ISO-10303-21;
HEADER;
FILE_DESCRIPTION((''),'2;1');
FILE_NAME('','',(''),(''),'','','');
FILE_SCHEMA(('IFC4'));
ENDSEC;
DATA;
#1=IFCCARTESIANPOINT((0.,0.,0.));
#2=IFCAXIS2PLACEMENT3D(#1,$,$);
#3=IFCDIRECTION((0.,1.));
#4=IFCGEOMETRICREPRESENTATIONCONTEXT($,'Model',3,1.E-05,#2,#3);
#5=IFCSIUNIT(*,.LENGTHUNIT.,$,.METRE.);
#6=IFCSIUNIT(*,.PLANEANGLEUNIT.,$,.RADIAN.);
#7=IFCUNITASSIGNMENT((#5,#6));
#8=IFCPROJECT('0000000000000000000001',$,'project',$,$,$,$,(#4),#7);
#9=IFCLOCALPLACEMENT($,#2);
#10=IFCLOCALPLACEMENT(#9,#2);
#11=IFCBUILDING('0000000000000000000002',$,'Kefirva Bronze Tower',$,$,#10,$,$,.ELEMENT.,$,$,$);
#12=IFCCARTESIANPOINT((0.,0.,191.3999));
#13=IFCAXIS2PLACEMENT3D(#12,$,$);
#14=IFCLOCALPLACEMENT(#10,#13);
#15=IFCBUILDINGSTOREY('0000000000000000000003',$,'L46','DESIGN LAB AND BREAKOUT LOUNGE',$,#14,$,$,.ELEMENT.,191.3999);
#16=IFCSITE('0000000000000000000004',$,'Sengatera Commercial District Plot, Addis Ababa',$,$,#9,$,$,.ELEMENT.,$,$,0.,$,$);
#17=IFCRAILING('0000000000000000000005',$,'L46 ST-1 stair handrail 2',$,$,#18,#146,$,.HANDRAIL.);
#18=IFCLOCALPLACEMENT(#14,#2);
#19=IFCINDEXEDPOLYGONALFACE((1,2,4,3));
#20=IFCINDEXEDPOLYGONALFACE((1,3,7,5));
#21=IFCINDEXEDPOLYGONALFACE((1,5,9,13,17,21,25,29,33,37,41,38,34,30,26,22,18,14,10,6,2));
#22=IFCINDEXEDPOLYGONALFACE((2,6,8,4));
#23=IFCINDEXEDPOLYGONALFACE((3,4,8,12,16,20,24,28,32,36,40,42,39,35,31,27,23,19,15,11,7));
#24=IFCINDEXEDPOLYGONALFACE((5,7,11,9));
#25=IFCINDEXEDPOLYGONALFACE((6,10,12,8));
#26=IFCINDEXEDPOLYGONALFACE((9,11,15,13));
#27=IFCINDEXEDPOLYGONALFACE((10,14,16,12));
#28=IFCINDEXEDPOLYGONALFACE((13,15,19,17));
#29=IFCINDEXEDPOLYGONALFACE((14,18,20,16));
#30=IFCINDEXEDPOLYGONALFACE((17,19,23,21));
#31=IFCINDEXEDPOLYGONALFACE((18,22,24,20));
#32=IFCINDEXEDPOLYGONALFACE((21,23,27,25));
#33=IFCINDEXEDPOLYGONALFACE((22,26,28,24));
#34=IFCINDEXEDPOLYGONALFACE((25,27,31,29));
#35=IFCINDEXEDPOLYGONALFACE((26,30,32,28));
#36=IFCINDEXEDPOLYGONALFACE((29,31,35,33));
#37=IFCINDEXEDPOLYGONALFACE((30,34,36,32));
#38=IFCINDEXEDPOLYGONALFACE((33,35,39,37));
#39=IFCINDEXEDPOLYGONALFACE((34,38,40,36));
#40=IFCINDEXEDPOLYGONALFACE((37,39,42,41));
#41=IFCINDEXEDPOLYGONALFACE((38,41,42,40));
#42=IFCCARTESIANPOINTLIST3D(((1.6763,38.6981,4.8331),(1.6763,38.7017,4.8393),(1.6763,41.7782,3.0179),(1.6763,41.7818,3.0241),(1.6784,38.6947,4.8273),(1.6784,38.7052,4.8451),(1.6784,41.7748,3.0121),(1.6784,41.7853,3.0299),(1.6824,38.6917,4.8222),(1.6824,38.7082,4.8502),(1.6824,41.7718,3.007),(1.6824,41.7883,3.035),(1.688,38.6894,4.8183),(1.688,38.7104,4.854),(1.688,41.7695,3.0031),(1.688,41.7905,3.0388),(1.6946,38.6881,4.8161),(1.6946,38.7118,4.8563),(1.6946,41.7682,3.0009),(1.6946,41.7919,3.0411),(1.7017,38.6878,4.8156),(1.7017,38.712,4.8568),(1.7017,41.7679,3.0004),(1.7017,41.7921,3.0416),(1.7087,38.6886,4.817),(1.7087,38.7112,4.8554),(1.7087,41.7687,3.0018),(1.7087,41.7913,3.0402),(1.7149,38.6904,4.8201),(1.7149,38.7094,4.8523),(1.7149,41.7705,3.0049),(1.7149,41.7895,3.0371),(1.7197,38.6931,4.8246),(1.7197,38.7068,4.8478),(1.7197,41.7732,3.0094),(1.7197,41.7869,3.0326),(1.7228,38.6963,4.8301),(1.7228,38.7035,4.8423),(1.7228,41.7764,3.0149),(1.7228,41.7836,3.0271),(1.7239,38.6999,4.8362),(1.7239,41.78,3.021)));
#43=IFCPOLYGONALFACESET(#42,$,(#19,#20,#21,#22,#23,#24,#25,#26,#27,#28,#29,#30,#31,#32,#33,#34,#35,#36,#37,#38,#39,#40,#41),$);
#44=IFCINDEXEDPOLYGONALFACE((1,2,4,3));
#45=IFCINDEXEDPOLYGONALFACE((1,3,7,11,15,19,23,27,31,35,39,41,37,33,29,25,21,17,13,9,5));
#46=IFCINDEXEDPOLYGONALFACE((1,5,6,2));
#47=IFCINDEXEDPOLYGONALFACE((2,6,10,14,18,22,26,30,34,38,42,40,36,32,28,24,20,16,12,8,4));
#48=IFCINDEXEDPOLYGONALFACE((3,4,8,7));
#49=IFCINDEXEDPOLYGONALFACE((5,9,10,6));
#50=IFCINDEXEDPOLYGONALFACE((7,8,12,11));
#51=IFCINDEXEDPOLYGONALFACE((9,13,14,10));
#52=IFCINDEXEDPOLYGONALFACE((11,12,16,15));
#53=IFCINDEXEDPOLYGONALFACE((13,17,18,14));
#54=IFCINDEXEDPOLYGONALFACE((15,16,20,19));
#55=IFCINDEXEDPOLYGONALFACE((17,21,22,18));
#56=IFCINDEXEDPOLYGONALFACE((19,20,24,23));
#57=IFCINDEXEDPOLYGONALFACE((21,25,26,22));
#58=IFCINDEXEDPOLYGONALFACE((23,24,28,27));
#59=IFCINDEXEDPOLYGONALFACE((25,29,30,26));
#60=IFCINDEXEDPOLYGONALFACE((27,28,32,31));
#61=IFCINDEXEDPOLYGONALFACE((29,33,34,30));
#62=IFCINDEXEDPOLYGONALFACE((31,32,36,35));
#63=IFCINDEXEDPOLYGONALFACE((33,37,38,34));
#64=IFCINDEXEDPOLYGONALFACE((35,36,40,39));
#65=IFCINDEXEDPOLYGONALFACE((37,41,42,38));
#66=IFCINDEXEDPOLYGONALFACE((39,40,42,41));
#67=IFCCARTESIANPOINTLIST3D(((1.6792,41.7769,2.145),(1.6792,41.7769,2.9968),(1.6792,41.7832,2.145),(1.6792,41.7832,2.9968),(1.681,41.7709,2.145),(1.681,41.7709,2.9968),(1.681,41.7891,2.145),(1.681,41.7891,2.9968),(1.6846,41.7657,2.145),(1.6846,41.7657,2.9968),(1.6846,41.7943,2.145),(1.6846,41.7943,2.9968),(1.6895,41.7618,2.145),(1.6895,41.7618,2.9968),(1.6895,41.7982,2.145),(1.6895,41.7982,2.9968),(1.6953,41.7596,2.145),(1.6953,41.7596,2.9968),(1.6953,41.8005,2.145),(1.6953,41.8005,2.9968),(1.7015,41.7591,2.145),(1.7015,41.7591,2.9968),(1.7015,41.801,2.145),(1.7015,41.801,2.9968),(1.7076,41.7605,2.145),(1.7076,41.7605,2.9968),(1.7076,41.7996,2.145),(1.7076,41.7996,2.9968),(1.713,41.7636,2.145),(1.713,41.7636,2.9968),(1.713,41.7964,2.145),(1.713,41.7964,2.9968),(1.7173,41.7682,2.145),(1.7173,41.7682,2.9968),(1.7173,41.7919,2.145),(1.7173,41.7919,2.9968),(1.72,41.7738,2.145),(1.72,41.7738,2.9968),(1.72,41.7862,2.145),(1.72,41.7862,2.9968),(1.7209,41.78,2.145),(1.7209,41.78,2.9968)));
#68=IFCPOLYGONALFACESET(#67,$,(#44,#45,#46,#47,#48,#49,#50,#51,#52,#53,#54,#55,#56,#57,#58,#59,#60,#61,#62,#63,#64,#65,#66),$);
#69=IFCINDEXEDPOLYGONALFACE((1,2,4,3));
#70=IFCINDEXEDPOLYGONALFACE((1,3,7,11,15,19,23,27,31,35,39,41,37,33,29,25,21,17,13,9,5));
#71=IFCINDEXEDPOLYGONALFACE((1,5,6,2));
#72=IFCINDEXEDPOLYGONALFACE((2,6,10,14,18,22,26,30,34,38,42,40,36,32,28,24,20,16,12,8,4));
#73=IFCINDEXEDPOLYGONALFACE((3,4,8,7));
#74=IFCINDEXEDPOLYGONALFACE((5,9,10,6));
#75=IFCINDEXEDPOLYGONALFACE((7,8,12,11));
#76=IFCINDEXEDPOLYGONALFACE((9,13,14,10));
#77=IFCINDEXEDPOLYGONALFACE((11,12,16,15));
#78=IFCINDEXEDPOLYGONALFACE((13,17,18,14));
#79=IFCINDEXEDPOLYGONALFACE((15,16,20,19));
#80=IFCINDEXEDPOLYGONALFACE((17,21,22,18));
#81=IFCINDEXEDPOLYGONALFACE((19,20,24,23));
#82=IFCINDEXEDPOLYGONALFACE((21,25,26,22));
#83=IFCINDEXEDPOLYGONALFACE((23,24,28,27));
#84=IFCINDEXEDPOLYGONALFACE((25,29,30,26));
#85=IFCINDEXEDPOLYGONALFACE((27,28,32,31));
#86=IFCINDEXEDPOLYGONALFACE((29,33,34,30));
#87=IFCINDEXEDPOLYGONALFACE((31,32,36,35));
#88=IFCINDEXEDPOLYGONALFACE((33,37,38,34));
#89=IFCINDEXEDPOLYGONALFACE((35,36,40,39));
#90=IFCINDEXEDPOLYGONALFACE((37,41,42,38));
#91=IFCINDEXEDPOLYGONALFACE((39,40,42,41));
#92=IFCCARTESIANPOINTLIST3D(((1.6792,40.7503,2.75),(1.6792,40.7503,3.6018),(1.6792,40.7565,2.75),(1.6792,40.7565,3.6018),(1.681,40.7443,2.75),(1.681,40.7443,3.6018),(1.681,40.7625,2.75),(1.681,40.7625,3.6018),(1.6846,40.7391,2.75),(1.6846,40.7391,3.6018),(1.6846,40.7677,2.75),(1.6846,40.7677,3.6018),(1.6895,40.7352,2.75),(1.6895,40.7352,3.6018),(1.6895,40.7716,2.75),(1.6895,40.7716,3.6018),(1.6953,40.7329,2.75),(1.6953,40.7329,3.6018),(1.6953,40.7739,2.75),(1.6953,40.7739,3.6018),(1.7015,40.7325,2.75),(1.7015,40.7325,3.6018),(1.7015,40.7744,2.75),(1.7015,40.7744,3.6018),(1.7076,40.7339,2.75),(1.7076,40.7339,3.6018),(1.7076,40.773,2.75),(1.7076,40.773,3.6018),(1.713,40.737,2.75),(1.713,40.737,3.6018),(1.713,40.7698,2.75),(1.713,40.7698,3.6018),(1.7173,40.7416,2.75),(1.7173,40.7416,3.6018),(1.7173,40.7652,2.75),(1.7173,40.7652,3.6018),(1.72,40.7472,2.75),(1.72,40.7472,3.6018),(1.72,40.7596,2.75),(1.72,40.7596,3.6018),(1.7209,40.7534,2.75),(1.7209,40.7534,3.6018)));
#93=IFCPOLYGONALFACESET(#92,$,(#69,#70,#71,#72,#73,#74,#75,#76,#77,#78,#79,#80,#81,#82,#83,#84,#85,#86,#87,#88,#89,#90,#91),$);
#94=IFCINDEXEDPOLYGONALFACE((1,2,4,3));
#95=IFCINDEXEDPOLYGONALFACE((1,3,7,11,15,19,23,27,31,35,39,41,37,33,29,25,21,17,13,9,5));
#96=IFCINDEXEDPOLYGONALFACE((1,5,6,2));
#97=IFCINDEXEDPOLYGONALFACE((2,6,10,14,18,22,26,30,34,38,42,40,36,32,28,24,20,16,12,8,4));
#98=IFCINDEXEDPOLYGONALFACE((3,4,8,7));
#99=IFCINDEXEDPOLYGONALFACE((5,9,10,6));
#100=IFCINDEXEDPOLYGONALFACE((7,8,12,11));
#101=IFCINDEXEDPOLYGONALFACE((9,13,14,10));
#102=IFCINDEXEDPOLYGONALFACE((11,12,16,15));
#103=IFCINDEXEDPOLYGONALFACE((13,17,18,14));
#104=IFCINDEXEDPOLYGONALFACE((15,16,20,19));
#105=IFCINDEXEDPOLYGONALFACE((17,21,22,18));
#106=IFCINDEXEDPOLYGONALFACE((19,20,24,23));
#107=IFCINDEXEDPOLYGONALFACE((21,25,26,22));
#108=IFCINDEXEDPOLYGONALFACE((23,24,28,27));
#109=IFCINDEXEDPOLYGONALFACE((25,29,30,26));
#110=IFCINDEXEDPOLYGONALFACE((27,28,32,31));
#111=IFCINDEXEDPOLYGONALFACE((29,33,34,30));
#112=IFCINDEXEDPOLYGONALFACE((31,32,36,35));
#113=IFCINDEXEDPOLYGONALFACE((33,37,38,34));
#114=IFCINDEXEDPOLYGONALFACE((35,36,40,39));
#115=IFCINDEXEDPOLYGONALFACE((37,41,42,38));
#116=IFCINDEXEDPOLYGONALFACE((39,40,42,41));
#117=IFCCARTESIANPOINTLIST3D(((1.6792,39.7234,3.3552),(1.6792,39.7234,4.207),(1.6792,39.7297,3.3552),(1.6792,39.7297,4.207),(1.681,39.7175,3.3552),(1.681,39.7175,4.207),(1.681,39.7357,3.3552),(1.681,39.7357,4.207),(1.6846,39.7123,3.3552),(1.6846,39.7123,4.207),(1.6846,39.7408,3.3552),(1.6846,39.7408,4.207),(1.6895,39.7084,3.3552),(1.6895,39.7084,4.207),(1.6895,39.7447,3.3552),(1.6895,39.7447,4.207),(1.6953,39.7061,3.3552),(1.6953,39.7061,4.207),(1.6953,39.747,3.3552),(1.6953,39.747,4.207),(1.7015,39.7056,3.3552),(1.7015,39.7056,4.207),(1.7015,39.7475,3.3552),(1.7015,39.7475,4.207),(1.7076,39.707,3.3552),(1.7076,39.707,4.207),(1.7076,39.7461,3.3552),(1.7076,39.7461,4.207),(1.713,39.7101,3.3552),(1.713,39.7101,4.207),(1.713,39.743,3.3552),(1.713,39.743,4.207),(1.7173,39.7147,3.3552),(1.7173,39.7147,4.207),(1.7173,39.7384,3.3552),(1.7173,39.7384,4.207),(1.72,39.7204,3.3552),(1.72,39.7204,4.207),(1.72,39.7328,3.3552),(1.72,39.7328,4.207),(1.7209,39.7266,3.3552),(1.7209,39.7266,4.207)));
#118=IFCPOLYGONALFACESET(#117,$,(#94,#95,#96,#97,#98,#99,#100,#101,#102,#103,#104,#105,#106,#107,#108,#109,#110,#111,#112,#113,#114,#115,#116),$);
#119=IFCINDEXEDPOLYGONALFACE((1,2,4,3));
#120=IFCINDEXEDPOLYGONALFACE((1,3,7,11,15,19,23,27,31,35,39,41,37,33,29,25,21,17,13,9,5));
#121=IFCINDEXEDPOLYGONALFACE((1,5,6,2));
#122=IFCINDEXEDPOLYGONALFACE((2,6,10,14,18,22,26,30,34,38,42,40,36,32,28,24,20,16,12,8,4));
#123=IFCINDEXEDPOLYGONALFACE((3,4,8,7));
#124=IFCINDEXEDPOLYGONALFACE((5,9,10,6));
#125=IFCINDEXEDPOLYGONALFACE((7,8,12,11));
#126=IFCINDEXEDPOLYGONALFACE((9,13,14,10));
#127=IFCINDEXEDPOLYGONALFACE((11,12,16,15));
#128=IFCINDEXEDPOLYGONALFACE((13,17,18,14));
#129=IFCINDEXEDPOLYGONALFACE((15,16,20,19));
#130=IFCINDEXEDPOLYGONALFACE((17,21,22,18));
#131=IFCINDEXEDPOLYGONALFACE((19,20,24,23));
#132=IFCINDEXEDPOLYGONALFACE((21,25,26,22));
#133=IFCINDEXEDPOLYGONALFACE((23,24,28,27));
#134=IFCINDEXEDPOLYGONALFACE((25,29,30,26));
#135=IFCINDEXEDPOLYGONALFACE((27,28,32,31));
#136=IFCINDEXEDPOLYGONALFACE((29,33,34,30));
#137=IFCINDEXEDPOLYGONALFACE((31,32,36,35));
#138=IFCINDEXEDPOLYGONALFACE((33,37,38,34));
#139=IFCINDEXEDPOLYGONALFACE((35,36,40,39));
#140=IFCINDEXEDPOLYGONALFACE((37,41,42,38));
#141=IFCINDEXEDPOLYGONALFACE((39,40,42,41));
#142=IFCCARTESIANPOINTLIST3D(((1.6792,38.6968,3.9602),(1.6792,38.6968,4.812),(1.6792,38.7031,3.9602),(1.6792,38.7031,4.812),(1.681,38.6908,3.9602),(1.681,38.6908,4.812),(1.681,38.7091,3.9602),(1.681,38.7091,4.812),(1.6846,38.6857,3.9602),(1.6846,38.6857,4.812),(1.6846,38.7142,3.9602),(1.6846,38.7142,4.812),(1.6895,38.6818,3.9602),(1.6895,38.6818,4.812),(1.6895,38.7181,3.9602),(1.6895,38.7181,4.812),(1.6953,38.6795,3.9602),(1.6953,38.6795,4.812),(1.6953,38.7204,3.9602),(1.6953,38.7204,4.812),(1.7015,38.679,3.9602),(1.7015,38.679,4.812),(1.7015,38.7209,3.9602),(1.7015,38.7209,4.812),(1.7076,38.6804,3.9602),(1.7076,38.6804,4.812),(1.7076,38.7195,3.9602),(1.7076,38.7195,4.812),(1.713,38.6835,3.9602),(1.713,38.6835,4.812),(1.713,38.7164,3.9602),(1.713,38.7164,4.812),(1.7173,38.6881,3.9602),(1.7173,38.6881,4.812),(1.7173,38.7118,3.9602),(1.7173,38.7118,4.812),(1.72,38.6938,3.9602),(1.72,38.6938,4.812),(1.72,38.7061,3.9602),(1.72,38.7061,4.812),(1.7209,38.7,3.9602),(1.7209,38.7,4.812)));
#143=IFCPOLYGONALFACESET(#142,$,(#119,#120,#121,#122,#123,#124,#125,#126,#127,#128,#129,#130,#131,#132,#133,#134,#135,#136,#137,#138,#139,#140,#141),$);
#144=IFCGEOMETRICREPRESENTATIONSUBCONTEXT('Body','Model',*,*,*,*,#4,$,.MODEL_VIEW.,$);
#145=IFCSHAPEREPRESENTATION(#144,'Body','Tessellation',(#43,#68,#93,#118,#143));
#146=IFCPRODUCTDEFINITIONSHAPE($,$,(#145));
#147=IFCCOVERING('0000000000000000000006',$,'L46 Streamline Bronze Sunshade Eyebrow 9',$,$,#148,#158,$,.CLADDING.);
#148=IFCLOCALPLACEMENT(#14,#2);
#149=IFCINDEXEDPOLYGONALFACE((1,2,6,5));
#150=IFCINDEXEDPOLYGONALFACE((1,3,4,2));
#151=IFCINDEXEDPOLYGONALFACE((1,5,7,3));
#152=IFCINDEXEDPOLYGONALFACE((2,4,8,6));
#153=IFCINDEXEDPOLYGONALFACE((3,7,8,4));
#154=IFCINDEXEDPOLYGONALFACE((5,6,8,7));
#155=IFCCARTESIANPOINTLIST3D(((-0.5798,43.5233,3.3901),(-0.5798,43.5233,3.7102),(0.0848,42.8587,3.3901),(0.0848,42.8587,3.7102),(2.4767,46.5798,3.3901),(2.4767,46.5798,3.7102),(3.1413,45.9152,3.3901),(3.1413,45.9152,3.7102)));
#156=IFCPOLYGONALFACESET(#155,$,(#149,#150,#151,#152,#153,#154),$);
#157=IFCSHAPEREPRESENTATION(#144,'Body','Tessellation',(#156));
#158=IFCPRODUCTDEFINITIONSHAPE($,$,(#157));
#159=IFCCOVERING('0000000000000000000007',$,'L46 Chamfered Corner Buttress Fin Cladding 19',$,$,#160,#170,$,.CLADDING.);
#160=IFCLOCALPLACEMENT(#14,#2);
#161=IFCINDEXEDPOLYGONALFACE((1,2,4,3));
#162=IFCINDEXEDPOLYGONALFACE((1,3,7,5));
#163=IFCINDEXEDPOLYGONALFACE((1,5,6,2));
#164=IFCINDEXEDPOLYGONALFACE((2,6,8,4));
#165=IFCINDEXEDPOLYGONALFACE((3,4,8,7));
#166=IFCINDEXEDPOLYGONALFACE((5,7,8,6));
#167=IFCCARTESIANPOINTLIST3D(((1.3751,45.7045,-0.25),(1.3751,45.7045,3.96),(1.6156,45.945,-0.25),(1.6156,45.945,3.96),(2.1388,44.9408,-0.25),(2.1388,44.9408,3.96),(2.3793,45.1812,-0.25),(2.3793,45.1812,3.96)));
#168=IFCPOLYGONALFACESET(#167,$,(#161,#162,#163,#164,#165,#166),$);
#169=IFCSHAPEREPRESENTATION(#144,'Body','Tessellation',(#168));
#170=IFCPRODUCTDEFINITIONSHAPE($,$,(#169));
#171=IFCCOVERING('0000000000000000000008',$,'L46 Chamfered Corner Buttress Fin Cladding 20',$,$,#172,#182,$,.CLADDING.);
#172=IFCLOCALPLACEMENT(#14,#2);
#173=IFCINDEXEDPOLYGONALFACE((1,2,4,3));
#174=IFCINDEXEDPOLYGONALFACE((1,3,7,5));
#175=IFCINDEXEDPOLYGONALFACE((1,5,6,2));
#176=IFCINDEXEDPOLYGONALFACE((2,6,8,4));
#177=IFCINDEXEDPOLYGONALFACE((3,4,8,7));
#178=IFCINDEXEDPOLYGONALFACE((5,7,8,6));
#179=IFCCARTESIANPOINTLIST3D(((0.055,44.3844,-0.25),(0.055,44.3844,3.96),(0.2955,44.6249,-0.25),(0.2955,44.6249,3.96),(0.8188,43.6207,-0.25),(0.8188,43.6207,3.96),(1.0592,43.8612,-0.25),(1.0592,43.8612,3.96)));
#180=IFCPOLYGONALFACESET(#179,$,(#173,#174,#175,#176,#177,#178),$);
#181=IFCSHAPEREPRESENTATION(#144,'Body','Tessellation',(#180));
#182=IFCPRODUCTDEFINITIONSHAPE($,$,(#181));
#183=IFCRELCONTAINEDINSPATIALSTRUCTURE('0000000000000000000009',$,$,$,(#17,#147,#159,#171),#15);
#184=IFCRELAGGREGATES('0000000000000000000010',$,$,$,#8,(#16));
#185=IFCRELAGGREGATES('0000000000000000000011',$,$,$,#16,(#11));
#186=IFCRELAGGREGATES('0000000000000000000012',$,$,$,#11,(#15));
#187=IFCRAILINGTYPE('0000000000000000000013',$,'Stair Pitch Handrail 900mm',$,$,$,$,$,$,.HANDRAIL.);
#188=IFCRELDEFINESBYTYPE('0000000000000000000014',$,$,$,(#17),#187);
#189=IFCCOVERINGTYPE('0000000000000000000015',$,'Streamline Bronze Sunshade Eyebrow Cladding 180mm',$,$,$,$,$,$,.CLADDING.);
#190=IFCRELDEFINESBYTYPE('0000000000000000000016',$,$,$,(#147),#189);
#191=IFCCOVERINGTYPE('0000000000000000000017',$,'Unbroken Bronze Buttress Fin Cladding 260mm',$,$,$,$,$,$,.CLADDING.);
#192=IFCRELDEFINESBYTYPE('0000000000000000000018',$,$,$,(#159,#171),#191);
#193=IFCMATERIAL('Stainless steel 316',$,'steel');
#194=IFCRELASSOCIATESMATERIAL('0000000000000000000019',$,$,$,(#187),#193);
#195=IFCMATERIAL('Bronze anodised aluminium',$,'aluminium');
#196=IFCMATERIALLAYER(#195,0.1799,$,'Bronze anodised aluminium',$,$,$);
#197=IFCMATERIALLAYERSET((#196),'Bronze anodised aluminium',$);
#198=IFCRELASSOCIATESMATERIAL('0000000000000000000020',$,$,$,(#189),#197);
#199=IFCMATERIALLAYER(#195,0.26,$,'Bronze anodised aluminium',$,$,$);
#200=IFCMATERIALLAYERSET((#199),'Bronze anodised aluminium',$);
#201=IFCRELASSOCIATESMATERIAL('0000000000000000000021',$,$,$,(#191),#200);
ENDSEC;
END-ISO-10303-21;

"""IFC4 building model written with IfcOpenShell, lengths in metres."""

from ifc_helpers import new_model, si_unit, direction, frame, origin, origin_2d, place, context, subcontext, project, spatial, rectangle, circle, extrude, material, layer, layer_set, type_object, element, save


model = new_model("IFC4")

# Units and contexts
model_context = context("Model", 3, precision=1e-05, world=origin(), true_north=direction((0.0, 1.0)))
body_context = subcontext(model_context, "Body", "Model", "MODEL_VIEW")
ifc_project = project(units=[si_unit("LENGTHUNIT", "METRE"), si_unit("PLANEANGLEUNIT", "RADIAN")], contexts=[model_context])

# Site, building, storey
site_placement = place(None, origin())
site = spatial("IfcSite", under=ifc_project, at=site_placement, Name="Sengatera Commercial District Plot, Addis Ababa", CompositionType="ELEMENT", RefElevation=0.0)
building_placement = place(site_placement, origin())
building = spatial("IfcBuilding", under=site, at=building_placement, Name="Kefirva Bronze Tower", CompositionType="ELEMENT")
storey_placement = place(building_placement, frame((0.0, 0.0, 191.3999)))
storey = spatial("IfcBuildingStorey", under=building, at=storey_placement, Name="L46", Description="DESIGN LAB AND BREAKOUT LOUNGE", CompositionType="ELEMENT", Elevation=191.3999)

# Shared definitions
ifc_material_1 = material(Name="Bronze anodised aluminium", Category="aluminium")

# Railing
ifc_material_2 = material(Name="Stainless steel 316", Category="steel")
railing_type_1 = type_object("IfcRailingType", Name="Stair Pitch Handrail 900mm", PredefinedType="HANDRAIL", material=ifc_material_2)
railing_1_placement = place(storey_placement, frame((1.7, 41.78, 2.145)))
element("IfcRailing", 1, at=railing_1_placement, inside=storey, type_object=railing_type_1, Name="L46 ST-1 stair handrail 2", PredefinedType="HANDRAIL", context=body_context, shape_type="SweptSolid", body=[
    extrude(circle(Radius=0.0239, at=origin_2d()), frame((0.0, 0.0, 0.876), z_axis=(0.0, -0.861521, 0.507721), x_axis=(1.0, 0.0, 0.0)), (0.0, 0.0, 1.0), 3.5752),
    extrude(circle(Radius=0.021, at=origin_2d()), origin(), (0.0, 0.0, 1.0), 0.8518),
    extrude(circle(Radius=0.021, at=origin_2d()), frame((0.0, -1.0266, 0.605)), (0.0, 0.0, 1.0), 0.8518),
    extrude(circle(Radius=0.021, at=origin_2d()), frame((0.0, -2.0535, 1.2102)), (0.0, 0.0, 1.0), 0.8518),
    extrude(circle(Radius=0.021, at=origin_2d()), frame((0.0, -3.0801, 1.8152)), (0.0, 0.0, 1.0), 0.8518),
])

# Coverings
ifc_layer_1 = layer(ifc_material_1, 0.1799, Name="Bronze anodised aluminium")
ifc_layer_set_1 = layer_set([ifc_layer_1], Name="Bronze anodised aluminium")
covering_type_1 = type_object("IfcCoveringType", Name="Streamline Bronze Sunshade Eyebrow Cladding 180mm", PredefinedType="CLADDING", material=ifc_layer_set_1)
covering_1_placement = place(storey_placement, frame((1.2808, 44.7192, 3.3901), z_axis=(0.0, 0.0, 1.0), x_axis=(-0.707107, -0.707107, 0.0)))
element("IfcCovering", 2, at=covering_1_placement, inside=storey, type_object=covering_type_1, Name="L46 Streamline Bronze Sunshade Eyebrow 9", PredefinedType="CLADDING", context=body_context, shape_type="SweptSolid", body=[
    extrude(rectangle(XDim=4.3225, YDim=0.9399, at=origin_2d()), origin(), (0.0, 0.0, 1.0), 0.3201),
])
ifc_layer_2 = layer(ifc_material_1, 0.26, Name="Bronze anodised aluminium")
ifc_layer_set_2 = layer_set([ifc_layer_2], Name="Bronze anodised aluminium")
covering_type_2 = type_object("IfcCoveringType", Name="Unbroken Bronze Buttress Fin Cladding 260mm", PredefinedType="CLADDING", material=ifc_layer_set_2)
for number, where, z_axis, x_axis, name in (
    (3, (1.8772, 45.4429, -0.25), (0.0, 0.0, 1.0), (-0.707107, -0.707107, 0.0), "L46 Chamfered Corner Buttress Fin Cladding 19"),
    (4, (0.5571, 44.1228, -0.25), (0.0, 0.0, 1.0), (-0.707107, -0.707107, 0.0), "L46 Chamfered Corner Buttress Fin Cladding 20"),
):
    element("IfcCovering", number, at=place(storey_placement, frame(where, z_axis=z_axis, x_axis=x_axis)), inside=storey, type_object=covering_type_2, Name=name, PredefinedType="CLADDING", context=body_context, shape_type="SweptSolid", body=[
        extrude(rectangle(XDim=0.3401, YDim=1.0801, at=origin_2d()), origin(), (0.0, 0.0, 1.0), 4.21),
    ])

save(model, "model.ifc")
